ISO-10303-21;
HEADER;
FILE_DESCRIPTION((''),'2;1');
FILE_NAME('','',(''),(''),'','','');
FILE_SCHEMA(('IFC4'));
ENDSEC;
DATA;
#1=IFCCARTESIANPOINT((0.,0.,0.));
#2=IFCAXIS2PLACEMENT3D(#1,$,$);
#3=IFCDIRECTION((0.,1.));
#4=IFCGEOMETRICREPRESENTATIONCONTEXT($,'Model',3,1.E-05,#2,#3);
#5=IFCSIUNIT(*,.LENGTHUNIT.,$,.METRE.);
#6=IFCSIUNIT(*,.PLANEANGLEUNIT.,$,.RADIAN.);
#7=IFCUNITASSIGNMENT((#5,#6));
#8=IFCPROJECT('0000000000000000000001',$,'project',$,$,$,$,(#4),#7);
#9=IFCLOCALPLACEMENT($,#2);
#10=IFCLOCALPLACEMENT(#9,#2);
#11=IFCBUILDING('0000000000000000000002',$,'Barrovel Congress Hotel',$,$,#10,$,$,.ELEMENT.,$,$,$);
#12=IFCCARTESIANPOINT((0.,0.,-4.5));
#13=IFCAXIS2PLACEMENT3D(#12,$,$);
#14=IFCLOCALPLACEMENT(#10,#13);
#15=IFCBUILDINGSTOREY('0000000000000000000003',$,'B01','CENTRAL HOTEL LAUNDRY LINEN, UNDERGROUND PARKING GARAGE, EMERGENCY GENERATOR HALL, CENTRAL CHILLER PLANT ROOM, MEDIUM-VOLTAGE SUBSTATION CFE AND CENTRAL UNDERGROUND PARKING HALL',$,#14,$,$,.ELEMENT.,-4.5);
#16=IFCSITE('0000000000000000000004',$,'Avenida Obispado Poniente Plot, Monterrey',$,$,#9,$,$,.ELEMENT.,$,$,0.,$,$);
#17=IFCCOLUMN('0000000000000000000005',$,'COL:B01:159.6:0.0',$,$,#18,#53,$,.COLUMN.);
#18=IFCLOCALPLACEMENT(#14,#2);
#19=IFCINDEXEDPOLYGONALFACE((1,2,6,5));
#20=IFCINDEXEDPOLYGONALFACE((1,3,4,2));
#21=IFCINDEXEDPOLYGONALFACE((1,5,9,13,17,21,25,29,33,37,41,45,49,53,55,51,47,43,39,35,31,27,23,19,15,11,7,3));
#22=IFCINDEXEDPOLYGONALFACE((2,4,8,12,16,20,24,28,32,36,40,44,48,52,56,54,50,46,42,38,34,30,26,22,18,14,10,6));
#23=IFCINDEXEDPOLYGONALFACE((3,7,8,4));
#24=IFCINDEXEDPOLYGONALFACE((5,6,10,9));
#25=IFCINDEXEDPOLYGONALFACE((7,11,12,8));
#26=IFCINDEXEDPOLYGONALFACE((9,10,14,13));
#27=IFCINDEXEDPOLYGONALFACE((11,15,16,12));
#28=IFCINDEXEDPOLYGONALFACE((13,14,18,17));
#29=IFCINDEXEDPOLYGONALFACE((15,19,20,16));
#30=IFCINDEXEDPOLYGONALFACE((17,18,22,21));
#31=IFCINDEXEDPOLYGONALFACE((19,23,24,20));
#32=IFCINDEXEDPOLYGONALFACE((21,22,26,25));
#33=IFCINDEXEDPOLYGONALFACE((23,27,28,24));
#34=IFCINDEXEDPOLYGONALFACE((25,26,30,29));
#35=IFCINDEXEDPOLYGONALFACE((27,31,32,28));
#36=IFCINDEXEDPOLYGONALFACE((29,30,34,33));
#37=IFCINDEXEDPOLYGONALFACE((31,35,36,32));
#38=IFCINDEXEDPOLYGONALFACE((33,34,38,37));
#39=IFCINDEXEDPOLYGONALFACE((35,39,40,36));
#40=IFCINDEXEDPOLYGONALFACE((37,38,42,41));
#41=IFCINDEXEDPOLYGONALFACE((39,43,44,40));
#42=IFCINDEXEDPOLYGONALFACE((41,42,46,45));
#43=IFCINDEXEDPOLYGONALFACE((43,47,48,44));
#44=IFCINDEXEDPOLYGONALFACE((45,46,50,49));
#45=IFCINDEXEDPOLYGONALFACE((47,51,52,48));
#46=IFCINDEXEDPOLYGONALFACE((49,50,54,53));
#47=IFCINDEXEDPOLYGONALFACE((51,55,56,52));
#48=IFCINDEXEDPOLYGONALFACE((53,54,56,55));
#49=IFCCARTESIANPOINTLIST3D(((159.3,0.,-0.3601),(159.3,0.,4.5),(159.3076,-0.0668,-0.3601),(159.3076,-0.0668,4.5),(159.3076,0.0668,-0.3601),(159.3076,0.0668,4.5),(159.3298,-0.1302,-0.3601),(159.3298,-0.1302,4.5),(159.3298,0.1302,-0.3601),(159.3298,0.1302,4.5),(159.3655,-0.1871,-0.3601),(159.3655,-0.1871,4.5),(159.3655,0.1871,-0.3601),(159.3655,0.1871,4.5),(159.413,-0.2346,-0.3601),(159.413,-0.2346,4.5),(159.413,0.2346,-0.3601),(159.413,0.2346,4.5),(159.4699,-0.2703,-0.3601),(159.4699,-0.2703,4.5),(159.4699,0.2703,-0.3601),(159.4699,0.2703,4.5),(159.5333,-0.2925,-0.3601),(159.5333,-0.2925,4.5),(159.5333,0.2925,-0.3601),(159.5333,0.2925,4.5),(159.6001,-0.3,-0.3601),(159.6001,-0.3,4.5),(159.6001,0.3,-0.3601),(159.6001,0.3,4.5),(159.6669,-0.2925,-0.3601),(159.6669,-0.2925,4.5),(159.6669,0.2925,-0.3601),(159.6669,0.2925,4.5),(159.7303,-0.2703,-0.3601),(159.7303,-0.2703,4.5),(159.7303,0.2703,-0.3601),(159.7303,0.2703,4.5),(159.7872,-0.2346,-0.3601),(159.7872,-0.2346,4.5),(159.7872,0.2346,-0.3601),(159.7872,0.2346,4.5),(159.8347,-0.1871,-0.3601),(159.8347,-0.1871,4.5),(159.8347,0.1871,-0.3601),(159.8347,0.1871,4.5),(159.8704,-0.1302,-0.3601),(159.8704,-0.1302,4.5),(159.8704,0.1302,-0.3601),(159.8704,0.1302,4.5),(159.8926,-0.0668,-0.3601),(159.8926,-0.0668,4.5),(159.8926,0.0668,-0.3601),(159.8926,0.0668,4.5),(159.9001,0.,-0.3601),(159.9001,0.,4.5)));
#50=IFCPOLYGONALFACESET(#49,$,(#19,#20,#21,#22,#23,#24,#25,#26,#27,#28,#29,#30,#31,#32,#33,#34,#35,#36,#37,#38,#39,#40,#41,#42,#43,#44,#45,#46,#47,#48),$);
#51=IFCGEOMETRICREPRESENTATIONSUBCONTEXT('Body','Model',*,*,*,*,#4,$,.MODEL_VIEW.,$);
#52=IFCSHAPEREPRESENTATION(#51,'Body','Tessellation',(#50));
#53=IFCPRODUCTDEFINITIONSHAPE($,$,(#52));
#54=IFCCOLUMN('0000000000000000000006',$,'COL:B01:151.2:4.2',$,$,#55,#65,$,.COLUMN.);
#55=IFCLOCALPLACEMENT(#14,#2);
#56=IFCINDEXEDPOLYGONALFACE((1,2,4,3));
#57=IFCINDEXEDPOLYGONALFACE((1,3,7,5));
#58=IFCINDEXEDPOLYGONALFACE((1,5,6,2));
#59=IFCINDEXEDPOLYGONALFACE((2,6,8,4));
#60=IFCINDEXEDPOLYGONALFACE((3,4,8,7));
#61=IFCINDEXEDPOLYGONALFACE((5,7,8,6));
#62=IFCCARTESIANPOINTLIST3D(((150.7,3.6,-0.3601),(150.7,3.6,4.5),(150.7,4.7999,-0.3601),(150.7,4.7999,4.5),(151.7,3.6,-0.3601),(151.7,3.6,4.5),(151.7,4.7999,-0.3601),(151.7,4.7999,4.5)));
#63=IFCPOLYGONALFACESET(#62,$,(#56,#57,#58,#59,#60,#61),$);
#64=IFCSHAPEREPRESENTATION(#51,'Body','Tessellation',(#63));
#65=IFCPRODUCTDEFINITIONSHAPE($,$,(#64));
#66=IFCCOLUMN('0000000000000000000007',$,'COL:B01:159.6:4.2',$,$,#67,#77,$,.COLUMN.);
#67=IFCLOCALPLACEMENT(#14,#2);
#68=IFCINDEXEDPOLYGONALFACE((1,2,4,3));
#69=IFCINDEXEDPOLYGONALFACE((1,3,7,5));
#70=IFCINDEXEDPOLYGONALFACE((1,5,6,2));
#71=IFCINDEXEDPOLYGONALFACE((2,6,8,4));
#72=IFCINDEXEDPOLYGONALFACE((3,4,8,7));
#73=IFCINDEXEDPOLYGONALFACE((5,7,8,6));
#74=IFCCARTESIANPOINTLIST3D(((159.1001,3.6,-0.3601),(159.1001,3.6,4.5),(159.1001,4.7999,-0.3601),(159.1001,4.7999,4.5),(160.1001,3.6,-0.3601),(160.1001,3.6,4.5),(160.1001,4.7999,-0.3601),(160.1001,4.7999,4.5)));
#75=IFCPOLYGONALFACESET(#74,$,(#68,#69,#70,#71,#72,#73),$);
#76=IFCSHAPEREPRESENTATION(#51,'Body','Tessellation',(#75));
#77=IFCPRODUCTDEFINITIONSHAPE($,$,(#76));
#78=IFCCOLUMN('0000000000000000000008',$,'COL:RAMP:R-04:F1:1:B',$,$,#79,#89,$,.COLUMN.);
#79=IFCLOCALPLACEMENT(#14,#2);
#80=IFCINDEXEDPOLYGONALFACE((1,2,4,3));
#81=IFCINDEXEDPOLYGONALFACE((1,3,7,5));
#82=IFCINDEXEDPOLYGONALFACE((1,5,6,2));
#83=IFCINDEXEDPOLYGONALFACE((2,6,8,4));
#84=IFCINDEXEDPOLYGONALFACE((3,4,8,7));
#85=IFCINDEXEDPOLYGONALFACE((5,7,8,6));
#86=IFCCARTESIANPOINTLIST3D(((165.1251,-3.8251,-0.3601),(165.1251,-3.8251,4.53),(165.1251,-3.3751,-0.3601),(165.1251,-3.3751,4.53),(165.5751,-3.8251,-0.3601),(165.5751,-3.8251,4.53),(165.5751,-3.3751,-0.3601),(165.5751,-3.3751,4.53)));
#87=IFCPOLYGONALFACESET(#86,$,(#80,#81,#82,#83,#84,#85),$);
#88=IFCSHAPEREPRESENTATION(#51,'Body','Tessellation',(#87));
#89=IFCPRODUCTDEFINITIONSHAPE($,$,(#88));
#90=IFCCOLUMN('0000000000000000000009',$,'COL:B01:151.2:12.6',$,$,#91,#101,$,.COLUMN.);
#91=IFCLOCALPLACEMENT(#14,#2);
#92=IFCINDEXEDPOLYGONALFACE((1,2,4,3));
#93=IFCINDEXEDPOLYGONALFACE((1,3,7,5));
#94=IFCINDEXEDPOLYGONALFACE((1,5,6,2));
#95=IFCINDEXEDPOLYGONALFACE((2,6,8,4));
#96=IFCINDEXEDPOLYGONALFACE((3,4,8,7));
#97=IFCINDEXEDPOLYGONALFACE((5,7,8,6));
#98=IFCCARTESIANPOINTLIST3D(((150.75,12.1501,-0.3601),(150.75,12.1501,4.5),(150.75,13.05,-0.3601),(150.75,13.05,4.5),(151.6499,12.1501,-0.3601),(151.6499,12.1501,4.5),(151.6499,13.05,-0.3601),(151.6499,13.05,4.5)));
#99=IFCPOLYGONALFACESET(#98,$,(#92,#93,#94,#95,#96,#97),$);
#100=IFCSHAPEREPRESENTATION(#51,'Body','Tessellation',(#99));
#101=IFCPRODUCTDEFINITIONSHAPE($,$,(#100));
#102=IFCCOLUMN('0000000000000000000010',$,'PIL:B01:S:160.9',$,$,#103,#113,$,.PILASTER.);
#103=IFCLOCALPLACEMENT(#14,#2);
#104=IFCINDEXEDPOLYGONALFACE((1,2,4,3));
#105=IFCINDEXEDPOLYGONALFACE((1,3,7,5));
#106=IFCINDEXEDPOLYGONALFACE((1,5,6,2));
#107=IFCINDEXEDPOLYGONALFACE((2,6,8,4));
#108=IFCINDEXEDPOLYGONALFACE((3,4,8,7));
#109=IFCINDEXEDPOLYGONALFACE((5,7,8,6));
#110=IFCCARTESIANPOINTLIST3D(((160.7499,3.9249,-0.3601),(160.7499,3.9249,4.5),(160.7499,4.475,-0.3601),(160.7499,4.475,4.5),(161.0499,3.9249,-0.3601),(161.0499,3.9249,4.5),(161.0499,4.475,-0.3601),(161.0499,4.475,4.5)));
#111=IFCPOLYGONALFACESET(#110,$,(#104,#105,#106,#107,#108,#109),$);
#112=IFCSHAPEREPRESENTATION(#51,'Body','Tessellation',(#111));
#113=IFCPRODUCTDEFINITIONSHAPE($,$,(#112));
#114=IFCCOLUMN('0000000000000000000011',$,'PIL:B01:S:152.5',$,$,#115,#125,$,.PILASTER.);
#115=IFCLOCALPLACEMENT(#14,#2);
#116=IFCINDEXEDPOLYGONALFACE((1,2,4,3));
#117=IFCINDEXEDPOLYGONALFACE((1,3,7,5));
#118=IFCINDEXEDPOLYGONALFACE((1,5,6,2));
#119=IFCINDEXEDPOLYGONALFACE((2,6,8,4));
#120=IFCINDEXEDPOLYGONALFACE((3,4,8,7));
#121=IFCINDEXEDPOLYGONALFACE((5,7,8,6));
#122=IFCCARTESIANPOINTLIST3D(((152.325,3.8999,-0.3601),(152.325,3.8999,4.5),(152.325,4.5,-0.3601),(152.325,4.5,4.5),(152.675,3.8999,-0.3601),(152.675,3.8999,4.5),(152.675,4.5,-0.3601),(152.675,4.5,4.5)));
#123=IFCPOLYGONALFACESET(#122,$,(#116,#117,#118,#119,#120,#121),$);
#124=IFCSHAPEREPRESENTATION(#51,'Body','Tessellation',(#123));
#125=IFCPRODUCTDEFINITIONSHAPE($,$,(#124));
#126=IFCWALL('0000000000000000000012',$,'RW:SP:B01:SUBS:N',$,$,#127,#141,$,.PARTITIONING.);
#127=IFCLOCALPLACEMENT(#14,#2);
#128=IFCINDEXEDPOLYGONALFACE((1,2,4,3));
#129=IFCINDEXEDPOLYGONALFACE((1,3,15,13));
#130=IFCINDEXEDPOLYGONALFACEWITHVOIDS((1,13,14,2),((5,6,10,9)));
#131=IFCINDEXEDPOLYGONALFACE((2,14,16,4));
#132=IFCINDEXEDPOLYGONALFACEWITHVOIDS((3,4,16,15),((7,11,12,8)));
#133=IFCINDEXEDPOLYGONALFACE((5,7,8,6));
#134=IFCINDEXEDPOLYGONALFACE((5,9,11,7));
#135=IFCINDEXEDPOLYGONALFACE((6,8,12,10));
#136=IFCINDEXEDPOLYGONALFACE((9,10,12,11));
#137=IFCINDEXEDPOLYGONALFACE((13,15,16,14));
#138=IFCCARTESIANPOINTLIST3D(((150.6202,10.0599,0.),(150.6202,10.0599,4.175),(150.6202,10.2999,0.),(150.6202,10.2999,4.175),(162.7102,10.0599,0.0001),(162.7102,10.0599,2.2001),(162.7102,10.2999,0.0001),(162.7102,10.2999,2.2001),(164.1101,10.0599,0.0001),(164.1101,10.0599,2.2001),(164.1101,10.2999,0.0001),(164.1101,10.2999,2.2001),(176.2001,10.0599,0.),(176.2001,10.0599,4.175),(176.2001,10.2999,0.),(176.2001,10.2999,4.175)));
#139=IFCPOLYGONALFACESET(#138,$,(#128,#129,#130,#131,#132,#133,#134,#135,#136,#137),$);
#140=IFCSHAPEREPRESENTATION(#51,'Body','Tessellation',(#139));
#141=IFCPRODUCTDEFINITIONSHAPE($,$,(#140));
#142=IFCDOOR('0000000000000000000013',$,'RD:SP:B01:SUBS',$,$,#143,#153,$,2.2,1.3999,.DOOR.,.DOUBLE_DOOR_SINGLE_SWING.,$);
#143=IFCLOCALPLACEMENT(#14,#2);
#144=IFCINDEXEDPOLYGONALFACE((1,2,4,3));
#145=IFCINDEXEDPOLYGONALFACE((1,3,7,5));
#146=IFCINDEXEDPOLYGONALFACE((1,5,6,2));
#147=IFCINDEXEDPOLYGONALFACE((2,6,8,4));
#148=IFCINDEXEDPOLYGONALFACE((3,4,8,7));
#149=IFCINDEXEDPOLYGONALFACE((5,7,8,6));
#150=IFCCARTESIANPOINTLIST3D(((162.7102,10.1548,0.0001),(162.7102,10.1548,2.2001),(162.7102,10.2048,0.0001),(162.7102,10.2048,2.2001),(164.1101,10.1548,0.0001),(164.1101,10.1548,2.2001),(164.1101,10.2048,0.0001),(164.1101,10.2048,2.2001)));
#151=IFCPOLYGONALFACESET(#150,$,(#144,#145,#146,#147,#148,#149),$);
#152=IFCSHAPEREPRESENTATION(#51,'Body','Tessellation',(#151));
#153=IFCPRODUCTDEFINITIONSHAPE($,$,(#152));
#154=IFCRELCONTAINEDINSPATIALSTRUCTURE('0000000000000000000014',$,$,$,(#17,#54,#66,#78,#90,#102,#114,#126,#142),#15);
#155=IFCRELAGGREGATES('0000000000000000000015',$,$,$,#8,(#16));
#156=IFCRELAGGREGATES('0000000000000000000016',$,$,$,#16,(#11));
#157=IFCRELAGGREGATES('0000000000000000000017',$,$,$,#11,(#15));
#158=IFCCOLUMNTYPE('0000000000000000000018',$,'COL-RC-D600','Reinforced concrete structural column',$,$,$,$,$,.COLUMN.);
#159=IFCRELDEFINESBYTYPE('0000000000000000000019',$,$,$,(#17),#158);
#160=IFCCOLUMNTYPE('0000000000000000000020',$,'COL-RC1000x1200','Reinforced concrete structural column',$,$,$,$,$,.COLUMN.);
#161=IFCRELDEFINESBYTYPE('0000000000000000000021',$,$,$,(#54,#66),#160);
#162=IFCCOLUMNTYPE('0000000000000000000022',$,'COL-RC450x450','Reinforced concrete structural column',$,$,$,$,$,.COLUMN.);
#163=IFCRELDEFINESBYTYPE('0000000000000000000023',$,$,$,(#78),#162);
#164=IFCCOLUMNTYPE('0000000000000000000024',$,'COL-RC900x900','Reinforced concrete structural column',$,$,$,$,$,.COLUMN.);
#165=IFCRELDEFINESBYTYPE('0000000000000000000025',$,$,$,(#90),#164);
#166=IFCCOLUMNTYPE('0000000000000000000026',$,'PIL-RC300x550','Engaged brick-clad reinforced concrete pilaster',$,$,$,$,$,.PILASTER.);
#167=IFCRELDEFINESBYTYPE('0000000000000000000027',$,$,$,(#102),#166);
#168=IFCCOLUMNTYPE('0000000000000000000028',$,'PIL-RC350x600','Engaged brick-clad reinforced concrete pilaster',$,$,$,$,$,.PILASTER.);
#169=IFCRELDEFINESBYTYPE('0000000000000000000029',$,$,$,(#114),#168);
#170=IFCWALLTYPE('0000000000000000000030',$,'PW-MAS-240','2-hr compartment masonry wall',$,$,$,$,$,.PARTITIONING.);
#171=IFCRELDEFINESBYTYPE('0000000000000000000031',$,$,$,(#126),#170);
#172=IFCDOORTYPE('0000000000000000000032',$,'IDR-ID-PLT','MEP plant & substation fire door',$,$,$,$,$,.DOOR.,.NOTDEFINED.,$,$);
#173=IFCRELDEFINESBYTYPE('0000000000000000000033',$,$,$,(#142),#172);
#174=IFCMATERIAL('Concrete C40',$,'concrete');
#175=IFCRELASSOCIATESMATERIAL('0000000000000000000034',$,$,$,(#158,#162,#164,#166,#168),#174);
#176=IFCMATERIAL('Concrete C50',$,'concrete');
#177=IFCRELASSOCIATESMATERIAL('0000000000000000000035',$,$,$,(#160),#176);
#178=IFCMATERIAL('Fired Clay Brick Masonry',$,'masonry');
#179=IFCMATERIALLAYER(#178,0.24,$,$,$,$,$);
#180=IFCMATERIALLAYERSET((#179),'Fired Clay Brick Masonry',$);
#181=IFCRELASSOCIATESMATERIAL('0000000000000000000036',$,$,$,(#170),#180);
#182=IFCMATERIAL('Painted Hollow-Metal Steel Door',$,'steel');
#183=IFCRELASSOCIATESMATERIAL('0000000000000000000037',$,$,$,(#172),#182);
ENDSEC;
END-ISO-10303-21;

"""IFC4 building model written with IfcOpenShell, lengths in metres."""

from ifc_helpers import new_model, si_unit, direction, frame, frame_2d, origin, origin_2d, place, context, subcontext, project, spatial, rectangle, circle, extrude, material, layer, layer_set, material_profile, profile_set, type_object, element, fill, save


model = new_model("IFC4")

# Units and contexts
model_context = context("Model", 3, precision=1e-05, world=origin(), true_north=direction((0.0, 1.0)))
body_context = subcontext(model_context, "Body", "Model", "MODEL_VIEW")
ifc_project = project(units=[si_unit("LENGTHUNIT", "METRE"), si_unit("PLANEANGLEUNIT", "RADIAN")], contexts=[model_context])

# Site, building, storey
site_placement = place(None, origin())
site = spatial("IfcSite", under=ifc_project, at=site_placement, Name="Avenida Obispado Poniente Plot, Monterrey", CompositionType="ELEMENT", RefElevation=0.0)
building_placement = place(site_placement, origin())
building = spatial("IfcBuilding", under=site, at=building_placement, Name="Barrovel Congress Hotel", CompositionType="ELEMENT")
storey_placement = place(building_placement, frame((0.0, 0.0, -4.5)))
storey = spatial("IfcBuildingStorey", under=building, at=storey_placement, Name="B01", Description="CENTRAL HOTEL LAUNDRY LINEN, UNDERGROUND PARKING GARAGE, EMERGENCY GENERATOR HALL, CENTRAL CHILLER PLANT ROOM, MEDIUM-VOLTAGE SUBSTATION CFE AND CENTRAL UNDERGROUND PARKING HALL", CompositionType="ELEMENT", Elevation=-4.5)

# Shared definitions
ifc_material_1 = material(Name="Concrete C40", Category="concrete")

# Columns
ifc_material_profile_1 = material_profile(ifc_material_1, circle(Radius=0.3, at=origin_2d()), Name="RC-D600")
ifc_profile_set_1 = profile_set([ifc_material_profile_1], Name="Concrete C40")
column_type_1 = type_object("IfcColumnType", Name="COL-RC-D600", Description="Reinforced concrete structural column", PredefinedType="COLUMN", material=ifc_profile_set_1)
for number, where, z_axis, x_axis, name in (
    (1, (159.6001, 0.0, -0.3601), (0.0, 0.0, 1.0), (1.0, 0.0, 0.0), "COL:B01:159.6:0.0"),
):
    element("IfcColumn", number, at=place(storey_placement, frame(where, z_axis=z_axis, x_axis=x_axis)), inside=storey, type_object=column_type_1, Name=name, PredefinedType="COLUMN", context=body_context, shape_type="SweptSolid", body=[
        extrude(circle(Radius=0.3, at=origin_2d()), origin(), (0.0, 0.0, 1.0), 4.8601),
    ])
ifc_material_2 = material(Name="Concrete C50", Category="concrete")
ifc_material_profile_2 = material_profile(ifc_material_2, rectangle(XDim=1.0, YDim=1.2, at=origin_2d()), Name="RC1000x1200")
ifc_profile_set_2 = profile_set([ifc_material_profile_2], Name="Concrete C50")
column_type_2 = type_object("IfcColumnType", Name="COL-RC1000x1200", Description="Reinforced concrete structural column", PredefinedType="COLUMN", material=ifc_profile_set_2)
for number, where, z_axis, x_axis, name in (
    (2, (151.2, 4.2, -0.3601), (0.0, 0.0, 1.0), (1.0, 0.0, 0.0), "COL:B01:151.2:4.2"),
    (3, (159.6001, 4.2, -0.3601), (0.0, 0.0, 1.0), (1.0, 0.0, 0.0), "COL:B01:159.6:4.2"),
):
    element("IfcColumn", number, at=place(storey_placement, frame(where, z_axis=z_axis, x_axis=x_axis)), inside=storey, type_object=column_type_2, Name=name, PredefinedType="COLUMN", context=body_context, shape_type="SweptSolid", body=[
        extrude(rectangle(XDim=1.0, YDim=1.2, at=origin_2d()), origin(), (0.0, 0.0, 1.0), 4.8601),
    ])
ifc_material_profile_3 = material_profile(ifc_material_1, rectangle(XDim=0.45, YDim=0.45, at=origin_2d()), Name="RC450x450")
ifc_profile_set_3 = profile_set([ifc_material_profile_3], Name="Concrete C40")
column_type_3 = type_object("IfcColumnType", Name="COL-RC450x450", Description="Reinforced concrete structural column", PredefinedType="COLUMN", material=ifc_profile_set_3)
column_1_placement = place(storey_placement, frame((165.3501, -3.6001, -0.3601), z_axis=(0.0, 0.0, 1.0), x_axis=(1.0, 0.0, 0.0)))
element("IfcColumn", 4, at=column_1_placement, inside=storey, type_object=column_type_3, Name="COL:RAMP:R-04:F1:1:B", PredefinedType="COLUMN", context=body_context, shape_type="SweptSolid", body=[
    extrude(rectangle(XDim=0.45, YDim=0.45, at=origin_2d()), origin(), (0.0, 0.0, 1.0), 4.8901),
])
ifc_material_profile_4 = material_profile(ifc_material_1, rectangle(XDim=0.8999, YDim=0.8999, at=origin_2d()), Name="RC900x900")
ifc_profile_set_4 = profile_set([ifc_material_profile_4], Name="Concrete C40")
column_type_4 = type_object("IfcColumnType", Name="COL-RC900x900", Description="Reinforced concrete structural column", PredefinedType="COLUMN", material=ifc_profile_set_4)
column_2_placement = place(storey_placement, frame((151.2, 12.6001, -0.3601), z_axis=(0.0, 0.0, 1.0), x_axis=(1.0, 0.0, 0.0)))
element("IfcColumn", 5, at=column_2_placement, inside=storey, type_object=column_type_4, Name="COL:B01:151.2:12.6", PredefinedType="COLUMN", context=body_context, shape_type="SweptSolid", body=[
    extrude(rectangle(XDim=0.8999, YDim=0.8999, at=origin_2d()), origin(), (0.0, 0.0, 1.0), 4.8601),
])
ifc_material_profile_5 = material_profile(ifc_material_1, rectangle(XDim=0.3, YDim=0.55, at=origin_2d()), Name="RC300x550")
ifc_profile_set_5 = profile_set([ifc_material_profile_5], Name="Concrete C40")
column_type_5 = type_object("IfcColumnType", Name="PIL-RC300x550", Description="Engaged brick-clad reinforced concrete pilaster", PredefinedType="PILASTER", material=ifc_profile_set_5)
column_3_placement = place(storey_placement, frame((160.8999, 4.2, -0.3601), z_axis=(0.0, 0.0, 1.0), x_axis=(1.0, 0.0, 0.0)))
element("IfcColumn", 6, at=column_3_placement, inside=storey, type_object=column_type_5, Name="PIL:B01:S:160.9", PredefinedType="PILASTER", context=body_context, shape_type="SweptSolid", body=[
    extrude(rectangle(XDim=0.3, YDim=0.55, at=origin_2d()), origin(), (0.0, 0.0, 1.0), 4.8601),
])
ifc_material_profile_6 = material_profile(ifc_material_1, rectangle(XDim=0.3501, YDim=0.6001, at=origin_2d()), Name="RC350x600")
ifc_profile_set_6 = profile_set([ifc_material_profile_6], Name="Concrete C40")
column_type_6 = type_object("IfcColumnType", Name="PIL-RC350x600", Description="Engaged brick-clad reinforced concrete pilaster", PredefinedType="PILASTER", material=ifc_profile_set_6)
column_4_placement = place(storey_placement, frame((152.5, 4.2, -0.3601), z_axis=(0.0, 0.0, 1.0), x_axis=(1.0, 0.0, 0.0)))
element("IfcColumn", 7, at=column_4_placement, inside=storey, type_object=column_type_6, Name="PIL:B01:S:152.5", PredefinedType="PILASTER", context=body_context, shape_type="SweptSolid", body=[
    extrude(rectangle(XDim=0.3501, YDim=0.6001, at=origin_2d()), origin(), (0.0, 0.0, 1.0), 4.8601),
])

# Wall, opening, door
ifc_material_3 = material(Name="Fired Clay Brick Masonry", Category="masonry")
ifc_layer = layer(ifc_material_3, 0.24)
ifc_layer_set = layer_set([ifc_layer], Name="Fired Clay Brick Masonry")
wall_type = type_object("IfcWallType", Name="PW-MAS-240", Description="2-hr compartment masonry wall", PredefinedType="PARTITIONING", material=ifc_layer_set)
wall_placement = place(storey_placement, frame((150.6201, 10.1799, 0.0), z_axis=(0.0, 0.0, 1.0), x_axis=(1.0, 0.0, 0.0)))
wall = element("IfcWall", 8, at=wall_placement, inside=storey, type_object=wall_type, Name="RW:SP:B01:SUBS:N", PredefinedType="PARTITIONING", context=body_context, shape_type="SweptSolid", body=[
    extrude(rectangle(XDim=25.5798, YDim=0.24, at=frame_2d((12.79, 0.0))), origin(), (0.0, 0.0, 1.0), 4.175),
])
opening_placement = place(wall_placement, frame((12.0901, 0.0, 0.0)))
opening = element("IfcOpeningElement", 9, at=opening_placement, cuts=wall, PredefinedType="OPENING", context=body_context, shape_type="SweptSolid", body=[
    extrude(rectangle(XDim=1.3999, YDim=2.2, at=frame_2d((0.7, 1.1001))), frame((0.0, 0.1299, 0.0), z_axis=(0.0, -1.0, 0.0), x_axis=(1.0, 0.0, 0.0)), (0.0, 0.0, 1.0), 0.26),
])
ifc_material_4 = material(Name="Painted Hollow-Metal Steel Door", Category="steel")
door_type = type_object("IfcDoorType", Name="IDR-ID-PLT", Description="MEP plant & substation fire door", OperationType="NOTDEFINED", PredefinedType="DOOR", material=ifc_material_4)
door_placement = place(opening_placement, origin())
door = element("IfcDoor", 10, at=door_placement, inside=storey, type_object=door_type, Name="RD:SP:B01:SUBS", OperationType="DOUBLE_DOOR_SINGLE_SWING", OverallHeight=2.2, OverallWidth=1.3999, PredefinedType="DOOR", context=body_context, shape_type="SweptSolid", body=[
    extrude(rectangle(XDim=1.3999, YDim=2.2, at=frame_2d((0.7, 1.1001))), frame((0.0, 0.0249, 0.0), z_axis=(0.0, -1.0, 0.0), x_axis=(1.0, 0.0, 0.0)), (0.0, 0.0, 1.0), 0.05),
])
fill(opening, door)

save(model, "model.ifc")
